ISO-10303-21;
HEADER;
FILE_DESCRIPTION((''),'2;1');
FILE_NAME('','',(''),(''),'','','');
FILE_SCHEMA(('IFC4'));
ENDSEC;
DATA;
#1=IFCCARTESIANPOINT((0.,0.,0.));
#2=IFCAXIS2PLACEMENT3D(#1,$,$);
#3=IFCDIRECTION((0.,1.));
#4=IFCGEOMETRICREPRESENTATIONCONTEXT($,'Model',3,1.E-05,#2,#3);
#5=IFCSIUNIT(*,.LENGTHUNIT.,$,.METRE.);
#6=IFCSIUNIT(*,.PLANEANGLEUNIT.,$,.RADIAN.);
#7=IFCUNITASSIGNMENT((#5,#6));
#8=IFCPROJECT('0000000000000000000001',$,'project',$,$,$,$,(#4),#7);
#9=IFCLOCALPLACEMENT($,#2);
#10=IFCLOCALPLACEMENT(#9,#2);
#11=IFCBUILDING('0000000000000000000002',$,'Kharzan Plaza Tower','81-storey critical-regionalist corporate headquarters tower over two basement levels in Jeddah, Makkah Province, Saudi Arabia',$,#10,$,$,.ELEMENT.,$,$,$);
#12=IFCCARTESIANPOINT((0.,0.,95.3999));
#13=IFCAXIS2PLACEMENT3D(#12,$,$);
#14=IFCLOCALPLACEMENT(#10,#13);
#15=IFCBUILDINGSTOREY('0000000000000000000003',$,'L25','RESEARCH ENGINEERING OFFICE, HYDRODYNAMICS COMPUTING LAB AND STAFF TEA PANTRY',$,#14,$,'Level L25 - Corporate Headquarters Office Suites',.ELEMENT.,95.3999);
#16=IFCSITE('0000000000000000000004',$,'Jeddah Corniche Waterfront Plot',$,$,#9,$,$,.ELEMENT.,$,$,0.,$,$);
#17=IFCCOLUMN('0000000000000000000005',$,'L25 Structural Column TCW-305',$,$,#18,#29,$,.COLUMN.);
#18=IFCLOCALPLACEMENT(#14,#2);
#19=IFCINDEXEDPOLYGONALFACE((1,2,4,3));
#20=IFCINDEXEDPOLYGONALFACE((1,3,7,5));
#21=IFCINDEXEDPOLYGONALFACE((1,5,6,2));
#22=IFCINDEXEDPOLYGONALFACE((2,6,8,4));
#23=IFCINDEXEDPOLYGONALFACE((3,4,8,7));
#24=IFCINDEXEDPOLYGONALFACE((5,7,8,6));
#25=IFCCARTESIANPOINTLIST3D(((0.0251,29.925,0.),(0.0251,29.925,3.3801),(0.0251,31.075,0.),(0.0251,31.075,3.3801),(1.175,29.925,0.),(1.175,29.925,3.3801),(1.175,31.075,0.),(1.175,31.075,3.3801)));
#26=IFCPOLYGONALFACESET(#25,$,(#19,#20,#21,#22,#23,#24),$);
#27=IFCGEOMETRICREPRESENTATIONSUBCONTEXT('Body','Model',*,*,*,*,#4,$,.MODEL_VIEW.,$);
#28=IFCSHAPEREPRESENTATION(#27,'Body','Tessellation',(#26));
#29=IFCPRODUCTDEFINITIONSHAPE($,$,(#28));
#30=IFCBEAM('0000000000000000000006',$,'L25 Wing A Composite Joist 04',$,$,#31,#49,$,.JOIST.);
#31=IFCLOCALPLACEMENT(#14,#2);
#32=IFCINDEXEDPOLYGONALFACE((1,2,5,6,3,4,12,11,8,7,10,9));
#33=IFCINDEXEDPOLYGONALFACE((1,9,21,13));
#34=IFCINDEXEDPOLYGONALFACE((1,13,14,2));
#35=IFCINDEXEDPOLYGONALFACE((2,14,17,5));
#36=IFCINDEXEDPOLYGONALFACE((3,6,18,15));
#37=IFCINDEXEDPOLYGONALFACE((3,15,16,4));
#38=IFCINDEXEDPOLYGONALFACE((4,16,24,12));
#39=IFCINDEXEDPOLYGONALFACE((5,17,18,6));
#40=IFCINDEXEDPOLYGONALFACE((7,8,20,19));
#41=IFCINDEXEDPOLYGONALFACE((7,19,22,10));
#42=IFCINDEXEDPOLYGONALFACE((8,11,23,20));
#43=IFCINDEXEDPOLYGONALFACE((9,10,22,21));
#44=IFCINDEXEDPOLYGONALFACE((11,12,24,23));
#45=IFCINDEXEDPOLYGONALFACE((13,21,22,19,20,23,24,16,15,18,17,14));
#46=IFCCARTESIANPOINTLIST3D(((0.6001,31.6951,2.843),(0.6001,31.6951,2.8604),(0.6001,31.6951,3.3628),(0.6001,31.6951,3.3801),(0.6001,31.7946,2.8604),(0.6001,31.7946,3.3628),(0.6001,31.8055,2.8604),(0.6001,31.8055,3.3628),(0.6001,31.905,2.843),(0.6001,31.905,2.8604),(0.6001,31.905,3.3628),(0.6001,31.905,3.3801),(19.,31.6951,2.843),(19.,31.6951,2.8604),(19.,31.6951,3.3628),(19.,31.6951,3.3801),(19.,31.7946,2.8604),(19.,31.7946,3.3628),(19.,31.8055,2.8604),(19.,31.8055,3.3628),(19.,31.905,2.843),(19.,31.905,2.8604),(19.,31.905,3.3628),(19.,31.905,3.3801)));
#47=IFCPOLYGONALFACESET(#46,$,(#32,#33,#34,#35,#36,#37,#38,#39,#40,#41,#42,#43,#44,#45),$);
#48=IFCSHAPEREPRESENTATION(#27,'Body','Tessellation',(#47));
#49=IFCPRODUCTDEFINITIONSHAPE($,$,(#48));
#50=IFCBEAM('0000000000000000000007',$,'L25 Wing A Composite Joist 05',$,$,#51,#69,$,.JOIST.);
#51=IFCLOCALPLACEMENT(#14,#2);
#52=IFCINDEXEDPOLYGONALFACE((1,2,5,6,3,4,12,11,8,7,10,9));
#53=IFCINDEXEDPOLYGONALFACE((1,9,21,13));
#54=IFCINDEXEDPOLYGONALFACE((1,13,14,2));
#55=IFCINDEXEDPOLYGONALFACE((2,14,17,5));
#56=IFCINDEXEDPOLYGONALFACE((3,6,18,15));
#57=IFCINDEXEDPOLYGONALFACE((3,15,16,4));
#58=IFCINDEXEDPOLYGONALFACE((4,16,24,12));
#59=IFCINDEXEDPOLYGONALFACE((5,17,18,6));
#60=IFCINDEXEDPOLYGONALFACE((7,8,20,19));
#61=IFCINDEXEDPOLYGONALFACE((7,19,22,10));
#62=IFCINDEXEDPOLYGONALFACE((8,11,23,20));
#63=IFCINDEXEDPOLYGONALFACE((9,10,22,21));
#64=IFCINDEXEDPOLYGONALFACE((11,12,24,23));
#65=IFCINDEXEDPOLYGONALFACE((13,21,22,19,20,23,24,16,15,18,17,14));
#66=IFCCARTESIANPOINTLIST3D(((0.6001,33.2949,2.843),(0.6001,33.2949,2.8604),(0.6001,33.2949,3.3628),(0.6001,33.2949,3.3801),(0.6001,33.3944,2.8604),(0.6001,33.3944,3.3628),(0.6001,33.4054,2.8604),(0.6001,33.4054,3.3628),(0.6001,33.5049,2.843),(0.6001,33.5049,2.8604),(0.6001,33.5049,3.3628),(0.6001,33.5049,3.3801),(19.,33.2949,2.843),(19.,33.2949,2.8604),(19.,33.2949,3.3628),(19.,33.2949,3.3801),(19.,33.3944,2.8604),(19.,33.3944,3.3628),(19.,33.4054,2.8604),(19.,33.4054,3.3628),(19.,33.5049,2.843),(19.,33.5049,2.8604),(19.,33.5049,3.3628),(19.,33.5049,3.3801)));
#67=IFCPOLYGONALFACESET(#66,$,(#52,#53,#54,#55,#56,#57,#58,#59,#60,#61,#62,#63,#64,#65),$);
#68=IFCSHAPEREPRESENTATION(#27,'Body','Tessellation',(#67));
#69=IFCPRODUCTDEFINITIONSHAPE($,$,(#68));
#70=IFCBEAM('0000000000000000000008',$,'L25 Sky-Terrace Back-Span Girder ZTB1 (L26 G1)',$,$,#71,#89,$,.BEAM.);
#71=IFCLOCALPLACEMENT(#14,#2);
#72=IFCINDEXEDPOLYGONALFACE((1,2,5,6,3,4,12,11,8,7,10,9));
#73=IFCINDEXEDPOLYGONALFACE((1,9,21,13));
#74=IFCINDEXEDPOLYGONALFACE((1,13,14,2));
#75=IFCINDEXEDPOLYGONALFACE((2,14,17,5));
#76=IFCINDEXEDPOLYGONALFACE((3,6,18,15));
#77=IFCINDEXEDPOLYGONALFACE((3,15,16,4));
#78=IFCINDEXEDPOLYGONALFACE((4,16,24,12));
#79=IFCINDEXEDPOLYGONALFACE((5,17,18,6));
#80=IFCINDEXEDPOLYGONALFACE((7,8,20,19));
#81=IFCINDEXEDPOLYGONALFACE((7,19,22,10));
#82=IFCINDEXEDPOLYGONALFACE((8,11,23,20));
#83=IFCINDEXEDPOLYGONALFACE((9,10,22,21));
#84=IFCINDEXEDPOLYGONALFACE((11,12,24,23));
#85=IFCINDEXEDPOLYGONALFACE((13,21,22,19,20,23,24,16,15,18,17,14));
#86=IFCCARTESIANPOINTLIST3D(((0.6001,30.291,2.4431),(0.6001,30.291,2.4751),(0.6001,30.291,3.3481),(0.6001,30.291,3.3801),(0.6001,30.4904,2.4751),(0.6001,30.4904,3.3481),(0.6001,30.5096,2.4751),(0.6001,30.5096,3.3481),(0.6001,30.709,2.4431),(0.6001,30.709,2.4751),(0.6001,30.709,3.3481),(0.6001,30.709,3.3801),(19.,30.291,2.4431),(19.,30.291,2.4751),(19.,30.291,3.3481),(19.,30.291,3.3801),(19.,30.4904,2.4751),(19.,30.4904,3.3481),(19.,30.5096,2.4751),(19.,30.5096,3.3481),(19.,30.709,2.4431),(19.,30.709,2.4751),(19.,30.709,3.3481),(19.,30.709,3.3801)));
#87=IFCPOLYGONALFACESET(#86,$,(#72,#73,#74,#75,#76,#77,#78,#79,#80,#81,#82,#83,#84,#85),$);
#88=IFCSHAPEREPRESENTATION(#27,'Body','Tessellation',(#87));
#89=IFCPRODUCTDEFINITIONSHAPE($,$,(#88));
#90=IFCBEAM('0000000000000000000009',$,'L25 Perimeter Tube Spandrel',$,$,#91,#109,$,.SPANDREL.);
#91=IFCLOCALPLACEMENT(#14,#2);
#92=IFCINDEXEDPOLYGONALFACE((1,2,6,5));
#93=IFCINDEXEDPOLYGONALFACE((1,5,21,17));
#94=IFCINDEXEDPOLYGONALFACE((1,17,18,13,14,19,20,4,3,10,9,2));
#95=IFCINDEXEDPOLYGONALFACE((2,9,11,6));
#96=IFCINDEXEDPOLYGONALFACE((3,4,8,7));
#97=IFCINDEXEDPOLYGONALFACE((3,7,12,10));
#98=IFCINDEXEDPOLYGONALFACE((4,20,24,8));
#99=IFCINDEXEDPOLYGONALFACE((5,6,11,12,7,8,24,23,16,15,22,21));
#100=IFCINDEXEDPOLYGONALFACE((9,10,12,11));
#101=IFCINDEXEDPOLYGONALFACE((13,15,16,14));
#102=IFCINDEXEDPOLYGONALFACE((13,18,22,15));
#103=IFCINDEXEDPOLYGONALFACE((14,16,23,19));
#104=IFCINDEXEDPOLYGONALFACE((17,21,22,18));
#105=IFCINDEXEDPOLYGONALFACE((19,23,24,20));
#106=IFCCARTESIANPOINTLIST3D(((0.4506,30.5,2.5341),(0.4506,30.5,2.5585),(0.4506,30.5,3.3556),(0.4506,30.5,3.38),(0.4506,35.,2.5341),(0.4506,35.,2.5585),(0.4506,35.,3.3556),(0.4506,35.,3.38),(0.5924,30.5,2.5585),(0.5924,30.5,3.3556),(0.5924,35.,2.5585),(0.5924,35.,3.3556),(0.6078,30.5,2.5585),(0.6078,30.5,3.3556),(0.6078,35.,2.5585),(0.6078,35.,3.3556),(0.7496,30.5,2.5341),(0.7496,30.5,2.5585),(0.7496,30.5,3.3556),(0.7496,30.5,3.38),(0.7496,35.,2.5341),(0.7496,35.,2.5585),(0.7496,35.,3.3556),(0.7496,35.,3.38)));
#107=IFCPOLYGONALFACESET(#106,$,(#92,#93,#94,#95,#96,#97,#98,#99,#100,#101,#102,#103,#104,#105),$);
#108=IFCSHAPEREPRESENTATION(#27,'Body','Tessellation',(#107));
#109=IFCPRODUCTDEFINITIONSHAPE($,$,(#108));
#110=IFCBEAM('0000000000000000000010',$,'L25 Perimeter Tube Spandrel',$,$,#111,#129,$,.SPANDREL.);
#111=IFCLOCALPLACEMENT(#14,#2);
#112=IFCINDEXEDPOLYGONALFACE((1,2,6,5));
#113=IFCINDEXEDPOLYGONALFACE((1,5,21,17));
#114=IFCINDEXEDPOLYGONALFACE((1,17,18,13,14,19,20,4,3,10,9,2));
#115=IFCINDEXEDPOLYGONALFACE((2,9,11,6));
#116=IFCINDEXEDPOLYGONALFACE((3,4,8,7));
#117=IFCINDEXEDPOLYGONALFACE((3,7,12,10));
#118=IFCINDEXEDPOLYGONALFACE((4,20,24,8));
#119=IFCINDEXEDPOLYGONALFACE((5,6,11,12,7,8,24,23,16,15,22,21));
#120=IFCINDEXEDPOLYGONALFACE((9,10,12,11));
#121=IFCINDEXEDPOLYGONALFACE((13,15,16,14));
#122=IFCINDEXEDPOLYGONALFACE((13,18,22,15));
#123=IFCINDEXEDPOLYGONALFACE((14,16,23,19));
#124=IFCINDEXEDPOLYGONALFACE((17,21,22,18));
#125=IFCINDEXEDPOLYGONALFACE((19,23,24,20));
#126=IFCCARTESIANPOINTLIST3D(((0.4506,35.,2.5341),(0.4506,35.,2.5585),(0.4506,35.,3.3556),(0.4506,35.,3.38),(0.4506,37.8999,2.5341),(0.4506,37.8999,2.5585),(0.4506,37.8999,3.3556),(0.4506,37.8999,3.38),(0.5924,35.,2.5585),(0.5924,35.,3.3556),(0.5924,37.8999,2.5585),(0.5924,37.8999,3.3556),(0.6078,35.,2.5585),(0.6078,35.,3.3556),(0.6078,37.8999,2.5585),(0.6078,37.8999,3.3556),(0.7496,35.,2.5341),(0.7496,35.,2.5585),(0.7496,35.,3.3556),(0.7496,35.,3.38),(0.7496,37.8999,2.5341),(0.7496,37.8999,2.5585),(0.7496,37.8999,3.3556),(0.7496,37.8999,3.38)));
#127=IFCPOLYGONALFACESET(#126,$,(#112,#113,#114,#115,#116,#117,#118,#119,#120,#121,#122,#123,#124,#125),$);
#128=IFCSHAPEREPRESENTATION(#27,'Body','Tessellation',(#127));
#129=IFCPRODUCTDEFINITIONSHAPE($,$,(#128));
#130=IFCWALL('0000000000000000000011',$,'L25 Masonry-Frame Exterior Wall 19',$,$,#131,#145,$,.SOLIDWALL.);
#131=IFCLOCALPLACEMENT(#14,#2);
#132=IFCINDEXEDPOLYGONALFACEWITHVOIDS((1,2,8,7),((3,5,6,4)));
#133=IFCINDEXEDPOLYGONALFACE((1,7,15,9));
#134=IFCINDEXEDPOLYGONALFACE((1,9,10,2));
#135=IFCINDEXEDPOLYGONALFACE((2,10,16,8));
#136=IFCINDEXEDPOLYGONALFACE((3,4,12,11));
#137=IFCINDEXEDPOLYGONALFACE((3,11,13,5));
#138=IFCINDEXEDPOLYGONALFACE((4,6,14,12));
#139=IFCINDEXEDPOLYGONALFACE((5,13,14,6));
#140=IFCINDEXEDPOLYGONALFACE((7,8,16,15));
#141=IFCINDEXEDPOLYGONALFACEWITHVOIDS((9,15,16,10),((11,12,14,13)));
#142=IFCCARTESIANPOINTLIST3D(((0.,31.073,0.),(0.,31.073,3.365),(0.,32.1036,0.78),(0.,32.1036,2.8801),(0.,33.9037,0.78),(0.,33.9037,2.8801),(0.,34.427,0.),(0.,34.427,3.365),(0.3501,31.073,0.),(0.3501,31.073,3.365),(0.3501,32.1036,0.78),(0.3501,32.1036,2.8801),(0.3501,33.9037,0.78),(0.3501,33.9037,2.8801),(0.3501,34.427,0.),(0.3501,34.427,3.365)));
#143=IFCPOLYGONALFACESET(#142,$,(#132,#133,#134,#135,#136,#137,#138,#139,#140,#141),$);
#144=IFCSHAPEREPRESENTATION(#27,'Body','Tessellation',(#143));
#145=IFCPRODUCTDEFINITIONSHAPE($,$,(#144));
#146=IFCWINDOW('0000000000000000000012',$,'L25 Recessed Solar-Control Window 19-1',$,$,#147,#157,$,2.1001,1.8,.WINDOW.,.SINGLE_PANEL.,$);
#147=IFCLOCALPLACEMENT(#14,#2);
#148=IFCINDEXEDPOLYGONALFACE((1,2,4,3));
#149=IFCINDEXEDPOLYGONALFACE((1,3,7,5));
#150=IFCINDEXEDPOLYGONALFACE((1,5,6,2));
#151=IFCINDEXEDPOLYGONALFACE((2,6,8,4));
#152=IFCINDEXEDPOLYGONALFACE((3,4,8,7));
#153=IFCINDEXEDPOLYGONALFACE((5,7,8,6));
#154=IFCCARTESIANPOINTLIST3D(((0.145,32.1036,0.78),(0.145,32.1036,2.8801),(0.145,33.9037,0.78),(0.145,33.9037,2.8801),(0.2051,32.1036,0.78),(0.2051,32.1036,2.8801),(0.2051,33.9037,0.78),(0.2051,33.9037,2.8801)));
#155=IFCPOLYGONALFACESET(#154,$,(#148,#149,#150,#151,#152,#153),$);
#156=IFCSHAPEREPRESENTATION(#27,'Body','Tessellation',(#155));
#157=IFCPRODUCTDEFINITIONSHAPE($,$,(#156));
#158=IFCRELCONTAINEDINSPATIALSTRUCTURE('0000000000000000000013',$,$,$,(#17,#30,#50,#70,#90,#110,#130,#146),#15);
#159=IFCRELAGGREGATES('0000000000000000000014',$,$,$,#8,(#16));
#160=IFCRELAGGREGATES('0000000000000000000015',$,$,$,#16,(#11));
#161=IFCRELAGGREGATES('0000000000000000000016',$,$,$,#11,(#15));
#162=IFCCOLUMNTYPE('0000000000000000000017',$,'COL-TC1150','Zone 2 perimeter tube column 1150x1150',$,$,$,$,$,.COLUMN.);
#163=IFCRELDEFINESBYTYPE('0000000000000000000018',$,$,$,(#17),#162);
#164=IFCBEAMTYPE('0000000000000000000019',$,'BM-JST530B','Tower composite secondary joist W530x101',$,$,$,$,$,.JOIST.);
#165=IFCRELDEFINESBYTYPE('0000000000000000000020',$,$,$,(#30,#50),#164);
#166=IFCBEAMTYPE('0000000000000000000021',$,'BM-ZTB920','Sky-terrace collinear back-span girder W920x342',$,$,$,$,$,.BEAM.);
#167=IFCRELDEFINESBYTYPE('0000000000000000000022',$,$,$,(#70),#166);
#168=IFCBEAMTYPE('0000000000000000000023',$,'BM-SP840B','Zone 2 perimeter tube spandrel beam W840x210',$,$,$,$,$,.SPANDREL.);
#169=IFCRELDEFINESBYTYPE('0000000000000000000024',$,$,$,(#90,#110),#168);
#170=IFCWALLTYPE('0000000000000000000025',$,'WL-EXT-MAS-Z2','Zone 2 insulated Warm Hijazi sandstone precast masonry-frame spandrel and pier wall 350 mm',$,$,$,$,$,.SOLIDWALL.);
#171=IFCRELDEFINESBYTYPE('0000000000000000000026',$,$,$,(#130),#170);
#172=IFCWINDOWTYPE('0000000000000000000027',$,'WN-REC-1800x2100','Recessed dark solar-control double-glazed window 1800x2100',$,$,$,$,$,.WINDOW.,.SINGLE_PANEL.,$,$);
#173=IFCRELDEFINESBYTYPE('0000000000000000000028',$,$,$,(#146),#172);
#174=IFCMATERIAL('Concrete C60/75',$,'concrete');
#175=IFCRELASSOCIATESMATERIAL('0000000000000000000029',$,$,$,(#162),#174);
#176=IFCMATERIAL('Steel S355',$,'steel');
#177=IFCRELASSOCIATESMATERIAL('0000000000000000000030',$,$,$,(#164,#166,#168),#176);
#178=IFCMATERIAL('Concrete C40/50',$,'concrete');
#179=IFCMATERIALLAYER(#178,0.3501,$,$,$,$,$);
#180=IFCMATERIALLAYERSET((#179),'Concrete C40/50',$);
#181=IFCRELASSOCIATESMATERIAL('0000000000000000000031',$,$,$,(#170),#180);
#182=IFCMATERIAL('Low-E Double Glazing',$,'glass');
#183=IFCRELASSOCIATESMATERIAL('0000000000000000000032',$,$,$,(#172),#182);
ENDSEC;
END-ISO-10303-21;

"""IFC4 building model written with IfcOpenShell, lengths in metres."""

from ifc_helpers import new_model, si_unit, direction, frame, frame_2d, origin, origin_2d, place, context, subcontext, project, spatial, rectangle, i_section, extrude, source, transform, mapped, material, layer, layer_set, material_profile, profile_set, type_object, element, fill, save


model = new_model("IFC4")

# Units and contexts
model_context = context("Model", 3, precision=1e-05, world=origin(), true_north=direction((0.0, 1.0)))
body_context = subcontext(model_context, "Body", "Model", "MODEL_VIEW")
ifc_project = project(units=[si_unit("LENGTHUNIT", "METRE"), si_unit("PLANEANGLEUNIT", "RADIAN")], contexts=[model_context])

# Site, building, storey
site_placement = place(None, origin())
site = spatial("IfcSite", under=ifc_project, at=site_placement, Name="Jeddah Corniche Waterfront Plot", CompositionType="ELEMENT", RefElevation=0.0)
building_placement = place(site_placement, origin())
building = spatial("IfcBuilding", under=site, at=building_placement, Name="Kharzan Plaza Tower", Description="81-storey critical-regionalist corporate headquarters tower over two basement levels in Jeddah, Makkah Province, Saudi Arabia", CompositionType="ELEMENT")
storey_placement = place(building_placement, frame((0.0, 0.0, 95.3999)))
storey = spatial("IfcBuildingStorey", under=building, at=storey_placement, Name="L25", Description="RESEARCH ENGINEERING OFFICE, HYDRODYNAMICS COMPUTING LAB AND STAFF TEA PANTRY", LongName="Level L25 - Corporate Headquarters Office Suites", CompositionType="ELEMENT", Elevation=95.3999)

# Column
ifc_material_1 = material(Name="Concrete C60/75", Category="concrete")
ifc_material_profile_1 = material_profile(ifc_material_1, rectangle(XDim=1.1499, YDim=1.1499, at=origin_2d()), Name="RC-TC1150x1150")
ifc_profile_set_1 = profile_set([ifc_material_profile_1], Name="Concrete C60/75")
column_type = type_object("IfcColumnType", Name="COL-TC1150", Description="Zone 2 perimeter tube column 1150x1150", PredefinedType="COLUMN", material=ifc_profile_set_1)
shared_shape_1 = source(origin(), body_context, "Body", "SweptSolid", [
    extrude(rectangle(XDim=1.1499, YDim=1.1499, at=origin_2d()), origin(), (0.0, 0.0, 1.0), 3.3801),
])
column_placement = place(storey_placement, frame((0.6001, 30.5, 0.0), z_axis=(0.0, 0.0, 1.0), x_axis=(1.0, 0.0, 0.0)))
element("IfcColumn", 1, at=column_placement, inside=storey, type_object=column_type, Name="L25 Structural Column TCW-305", PredefinedType="COLUMN", context=body_context, shape_type="MappedRepresentation", body=[
    mapped(shared_shape_1, transform((0.0, 0.0, 0.0), x_axis=(1.0, 0.0, 0.0), y_axis=(0.0, 1.0, 0.0), z_axis=(0.0, 0.0, 1.0))),
])

# Beams
ifc_material_2 = material(Name="Steel S355", Category="steel")
ifc_material_profile_2 = material_profile(ifc_material_2, i_section(OverallWidth=0.21, OverallDepth=0.5371, WebThickness=0.011, FlangeThickness=0.0173, at=origin_2d()), Name="W530x101")
ifc_profile_set_2 = profile_set([ifc_material_profile_2], Name="Steel S355")
beam_type_1 = type_object("IfcBeamType", Name="BM-JST530B", Description="Tower composite secondary joist W530x101", PredefinedType="JOIST", material=ifc_profile_set_2)
shared_shape_2 = source(origin(), body_context, "Body", "SweptSolid", [
    extrude(i_section(OverallWidth=0.21, OverallDepth=0.5371, WebThickness=0.011, FlangeThickness=0.0173, at=origin_2d()), origin(), (0.0, 0.0, 1.0), 18.3999),
])
for number, where, z_axis, x_axis, name in (
    (2, (0.6001, 31.8, 3.1116), (1.0, 0.0, 0.0), (0.0, 1.0, 0.0), "L25 Wing A Composite Joist 04"),
    (3, (0.6001, 33.3999, 3.1116), (1.0, 0.0, 0.0), (0.0, 1.0, 0.0), "L25 Wing A Composite Joist 05"),
):
    element("IfcBeam", number, at=place(storey_placement, frame(where, z_axis=z_axis, x_axis=x_axis)), inside=storey, type_object=beam_type_1, Name=name, PredefinedType="JOIST", context=body_context, shape_type="MappedRepresentation", body=[
        mapped(shared_shape_2, transform((0.0, 0.0, 0.0), x_axis=(1.0, 0.0, 0.0), y_axis=(0.0, 1.0, 0.0), z_axis=(0.0, 0.0, 1.0))),
    ])
ifc_material_profile_3 = material_profile(ifc_material_2, i_section(OverallWidth=0.418, OverallDepth=0.937, WebThickness=0.0193, FlangeThickness=0.032, at=origin_2d()), Name="W920x342")
ifc_profile_set_3 = profile_set([ifc_material_profile_3], Name="Steel S355")
beam_type_2 = type_object("IfcBeamType", Name="BM-ZTB920", Description="Sky-terrace collinear back-span girder W920x342", PredefinedType="BEAM", material=ifc_profile_set_3)
shared_shape_3 = source(origin(), body_context, "Body", "SweptSolid", [
    extrude(i_section(OverallWidth=0.418, OverallDepth=0.937, WebThickness=0.0193, FlangeThickness=0.032, at=origin_2d()), origin(), (0.0, 0.0, 1.0), 18.3999),
])
beam_1_placement = place(storey_placement, frame((0.6001, 30.5, 2.9116), z_axis=(1.0, 0.0, 0.0), x_axis=(0.0, 1.0, 0.0)))
element("IfcBeam", 4, at=beam_1_placement, inside=storey, type_object=beam_type_2, Name="L25 Sky-Terrace Back-Span Girder ZTB1 (L26 G1)", PredefinedType="BEAM", context=body_context, shape_type="MappedRepresentation", body=[
    mapped(shared_shape_3, transform((0.0, 0.0, 0.0), x_axis=(1.0, 0.0, 0.0), y_axis=(0.0, 1.0, 0.0), z_axis=(0.0, 0.0, 1.0))),
])
ifc_material_profile_4 = material_profile(ifc_material_2, i_section(OverallWidth=0.2991, OverallDepth=0.8459, WebThickness=0.0154, FlangeThickness=0.0244, at=origin_2d()), Name="W840x210")
ifc_profile_set_4 = profile_set([ifc_material_profile_4], Name="Steel S355")
beam_type_3 = type_object("IfcBeamType", Name="BM-SP840B", Description="Zone 2 perimeter tube spandrel beam W840x210", PredefinedType="SPANDREL", material=ifc_profile_set_4)
shared_shape_4 = source(origin(), body_context, "Body", "SweptSolid", [
    extrude(i_section(OverallWidth=0.2991, OverallDepth=0.8459, WebThickness=0.0154, FlangeThickness=0.0244, at=origin_2d()), origin(), (0.0, 0.0, 1.0), 4.5),
])
beam_2_placement = place(storey_placement, frame((0.6001, 30.5, 2.957), z_axis=(0.0, 1.0, 0.0), x_axis=(-1.0, 0.0, 0.0)))
element("IfcBeam", 5, at=beam_2_placement, inside=storey, type_object=beam_type_3, Name="L25 Perimeter Tube Spandrel", PredefinedType="SPANDREL", context=body_context, shape_type="MappedRepresentation", body=[
    mapped(shared_shape_4, transform((0.0, 0.0, 0.0), x_axis=(1.0, 0.0, 0.0), y_axis=(0.0, 1.0, 0.0), z_axis=(0.0, 0.0, 1.0))),
])
shared_shape_5 = source(origin(), body_context, "Body", "SweptSolid", [
    extrude(i_section(OverallWidth=0.2991, OverallDepth=0.8459, WebThickness=0.0154, FlangeThickness=0.0244, at=origin_2d()), origin(), (0.0, 0.0, 1.0), 2.8999),
])
beam_3_placement = place(storey_placement, frame((0.6001, 35.0, 2.957), z_axis=(0.0, 1.0, 0.0), x_axis=(-1.0, 0.0, 0.0)))
element("IfcBeam", 6, at=beam_3_placement, inside=storey, type_object=beam_type_3, Name="L25 Perimeter Tube Spandrel", PredefinedType="SPANDREL", context=body_context, shape_type="MappedRepresentation", body=[
    mapped(shared_shape_5, transform((0.0, 0.0, 0.0), x_axis=(1.0, 0.0, 0.0), y_axis=(0.0, 1.0, 0.0), z_axis=(0.0, 0.0, 1.0))),
])

# Wall, opening, window
ifc_material_3 = material(Name="Concrete C40/50", Category="concrete")
ifc_layer_1 = layer(ifc_material_3, 0.3501)
ifc_layer_set_1 = layer_set([ifc_layer_1], Name="Concrete C40/50")
wall_type_1 = type_object("IfcWallType", Name="WL-EXT-MAS-Z2", Description="Zone 2 insulated Warm Hijazi sandstone precast masonry-frame spandrel and pier wall 350 mm", PredefinedType="SOLIDWALL", material=ifc_layer_set_1)
wall_1_placement = place(storey_placement, frame((0.175, 34.427, 0.0), z_axis=(0.0, 0.0, 1.0), x_axis=(0.0, -1.0, 0.0)))
wall_1 = element("IfcWall", 7, at=wall_1_placement, inside=storey, type_object=wall_type_1, Name="L25 Masonry-Frame Exterior Wall 19", PredefinedType="SOLIDWALL", context=body_context, shape_type="SweptSolid", body=[
    extrude(rectangle(XDim=3.354, YDim=0.3501, at=frame_2d((1.677, 0.0))), origin(), (0.0, 0.0, 1.0), 3.365),
])
opening_1_placement = place(wall_1_placement, frame((0.5234, 0.0, 0.78)))
opening_1 = element("IfcOpeningElement", 8, at=opening_1_placement, cuts=wall_1, PredefinedType="OPENING", context=body_context, shape_type="SweptSolid", body=[
    extrude(rectangle(XDim=1.8, YDim=2.1001, at=frame_2d((0.8999, 1.05))), frame((0.0, 0.1851, 0.0), z_axis=(0.0, -1.0, 0.0), x_axis=(1.0, 0.0, 0.0)), (0.0, 0.0, 1.0), 0.3701),
])
ifc_material_4 = material(Name="Low-E Double Glazing", Category="glass")
window_type = type_object("IfcWindowType", Name="WN-REC-1800x2100", Description="Recessed dark solar-control double-glazed window 1800x2100", PartitioningType="SINGLE_PANEL", PredefinedType="WINDOW", material=ifc_material_4)
shared_shape_6 = source(origin(), body_context, "Body", "SweptSolid", [
    extrude(rectangle(XDim=1.8, YDim=2.1001, at=frame_2d((0.8999, 1.05))), frame((0.0, 0.03, 0.0), z_axis=(0.0, -1.0, 0.0), x_axis=(1.0, 0.0, 0.0)), (0.0, 0.0, 1.0), 0.0601),
])
window_placement = place(opening_1_placement, origin())
window = element("IfcWindow", 9, at=window_placement, inside=storey, type_object=window_type, Name="L25 Recessed Solar-Control Window 19-1", OverallHeight=2.1001, OverallWidth=1.8, PartitioningType="SINGLE_PANEL", PredefinedType="WINDOW", context=body_context, shape_type="MappedRepresentation", body=[
    mapped(shared_shape_6, transform((0.0, 0.0, 0.0), x_axis=(1.0, 0.0, 0.0), y_axis=(0.0, 1.0, 0.0), z_axis=(0.0, 0.0, 1.0))),
])
fill(opening_1, window)

save(model, "model.ifc")
